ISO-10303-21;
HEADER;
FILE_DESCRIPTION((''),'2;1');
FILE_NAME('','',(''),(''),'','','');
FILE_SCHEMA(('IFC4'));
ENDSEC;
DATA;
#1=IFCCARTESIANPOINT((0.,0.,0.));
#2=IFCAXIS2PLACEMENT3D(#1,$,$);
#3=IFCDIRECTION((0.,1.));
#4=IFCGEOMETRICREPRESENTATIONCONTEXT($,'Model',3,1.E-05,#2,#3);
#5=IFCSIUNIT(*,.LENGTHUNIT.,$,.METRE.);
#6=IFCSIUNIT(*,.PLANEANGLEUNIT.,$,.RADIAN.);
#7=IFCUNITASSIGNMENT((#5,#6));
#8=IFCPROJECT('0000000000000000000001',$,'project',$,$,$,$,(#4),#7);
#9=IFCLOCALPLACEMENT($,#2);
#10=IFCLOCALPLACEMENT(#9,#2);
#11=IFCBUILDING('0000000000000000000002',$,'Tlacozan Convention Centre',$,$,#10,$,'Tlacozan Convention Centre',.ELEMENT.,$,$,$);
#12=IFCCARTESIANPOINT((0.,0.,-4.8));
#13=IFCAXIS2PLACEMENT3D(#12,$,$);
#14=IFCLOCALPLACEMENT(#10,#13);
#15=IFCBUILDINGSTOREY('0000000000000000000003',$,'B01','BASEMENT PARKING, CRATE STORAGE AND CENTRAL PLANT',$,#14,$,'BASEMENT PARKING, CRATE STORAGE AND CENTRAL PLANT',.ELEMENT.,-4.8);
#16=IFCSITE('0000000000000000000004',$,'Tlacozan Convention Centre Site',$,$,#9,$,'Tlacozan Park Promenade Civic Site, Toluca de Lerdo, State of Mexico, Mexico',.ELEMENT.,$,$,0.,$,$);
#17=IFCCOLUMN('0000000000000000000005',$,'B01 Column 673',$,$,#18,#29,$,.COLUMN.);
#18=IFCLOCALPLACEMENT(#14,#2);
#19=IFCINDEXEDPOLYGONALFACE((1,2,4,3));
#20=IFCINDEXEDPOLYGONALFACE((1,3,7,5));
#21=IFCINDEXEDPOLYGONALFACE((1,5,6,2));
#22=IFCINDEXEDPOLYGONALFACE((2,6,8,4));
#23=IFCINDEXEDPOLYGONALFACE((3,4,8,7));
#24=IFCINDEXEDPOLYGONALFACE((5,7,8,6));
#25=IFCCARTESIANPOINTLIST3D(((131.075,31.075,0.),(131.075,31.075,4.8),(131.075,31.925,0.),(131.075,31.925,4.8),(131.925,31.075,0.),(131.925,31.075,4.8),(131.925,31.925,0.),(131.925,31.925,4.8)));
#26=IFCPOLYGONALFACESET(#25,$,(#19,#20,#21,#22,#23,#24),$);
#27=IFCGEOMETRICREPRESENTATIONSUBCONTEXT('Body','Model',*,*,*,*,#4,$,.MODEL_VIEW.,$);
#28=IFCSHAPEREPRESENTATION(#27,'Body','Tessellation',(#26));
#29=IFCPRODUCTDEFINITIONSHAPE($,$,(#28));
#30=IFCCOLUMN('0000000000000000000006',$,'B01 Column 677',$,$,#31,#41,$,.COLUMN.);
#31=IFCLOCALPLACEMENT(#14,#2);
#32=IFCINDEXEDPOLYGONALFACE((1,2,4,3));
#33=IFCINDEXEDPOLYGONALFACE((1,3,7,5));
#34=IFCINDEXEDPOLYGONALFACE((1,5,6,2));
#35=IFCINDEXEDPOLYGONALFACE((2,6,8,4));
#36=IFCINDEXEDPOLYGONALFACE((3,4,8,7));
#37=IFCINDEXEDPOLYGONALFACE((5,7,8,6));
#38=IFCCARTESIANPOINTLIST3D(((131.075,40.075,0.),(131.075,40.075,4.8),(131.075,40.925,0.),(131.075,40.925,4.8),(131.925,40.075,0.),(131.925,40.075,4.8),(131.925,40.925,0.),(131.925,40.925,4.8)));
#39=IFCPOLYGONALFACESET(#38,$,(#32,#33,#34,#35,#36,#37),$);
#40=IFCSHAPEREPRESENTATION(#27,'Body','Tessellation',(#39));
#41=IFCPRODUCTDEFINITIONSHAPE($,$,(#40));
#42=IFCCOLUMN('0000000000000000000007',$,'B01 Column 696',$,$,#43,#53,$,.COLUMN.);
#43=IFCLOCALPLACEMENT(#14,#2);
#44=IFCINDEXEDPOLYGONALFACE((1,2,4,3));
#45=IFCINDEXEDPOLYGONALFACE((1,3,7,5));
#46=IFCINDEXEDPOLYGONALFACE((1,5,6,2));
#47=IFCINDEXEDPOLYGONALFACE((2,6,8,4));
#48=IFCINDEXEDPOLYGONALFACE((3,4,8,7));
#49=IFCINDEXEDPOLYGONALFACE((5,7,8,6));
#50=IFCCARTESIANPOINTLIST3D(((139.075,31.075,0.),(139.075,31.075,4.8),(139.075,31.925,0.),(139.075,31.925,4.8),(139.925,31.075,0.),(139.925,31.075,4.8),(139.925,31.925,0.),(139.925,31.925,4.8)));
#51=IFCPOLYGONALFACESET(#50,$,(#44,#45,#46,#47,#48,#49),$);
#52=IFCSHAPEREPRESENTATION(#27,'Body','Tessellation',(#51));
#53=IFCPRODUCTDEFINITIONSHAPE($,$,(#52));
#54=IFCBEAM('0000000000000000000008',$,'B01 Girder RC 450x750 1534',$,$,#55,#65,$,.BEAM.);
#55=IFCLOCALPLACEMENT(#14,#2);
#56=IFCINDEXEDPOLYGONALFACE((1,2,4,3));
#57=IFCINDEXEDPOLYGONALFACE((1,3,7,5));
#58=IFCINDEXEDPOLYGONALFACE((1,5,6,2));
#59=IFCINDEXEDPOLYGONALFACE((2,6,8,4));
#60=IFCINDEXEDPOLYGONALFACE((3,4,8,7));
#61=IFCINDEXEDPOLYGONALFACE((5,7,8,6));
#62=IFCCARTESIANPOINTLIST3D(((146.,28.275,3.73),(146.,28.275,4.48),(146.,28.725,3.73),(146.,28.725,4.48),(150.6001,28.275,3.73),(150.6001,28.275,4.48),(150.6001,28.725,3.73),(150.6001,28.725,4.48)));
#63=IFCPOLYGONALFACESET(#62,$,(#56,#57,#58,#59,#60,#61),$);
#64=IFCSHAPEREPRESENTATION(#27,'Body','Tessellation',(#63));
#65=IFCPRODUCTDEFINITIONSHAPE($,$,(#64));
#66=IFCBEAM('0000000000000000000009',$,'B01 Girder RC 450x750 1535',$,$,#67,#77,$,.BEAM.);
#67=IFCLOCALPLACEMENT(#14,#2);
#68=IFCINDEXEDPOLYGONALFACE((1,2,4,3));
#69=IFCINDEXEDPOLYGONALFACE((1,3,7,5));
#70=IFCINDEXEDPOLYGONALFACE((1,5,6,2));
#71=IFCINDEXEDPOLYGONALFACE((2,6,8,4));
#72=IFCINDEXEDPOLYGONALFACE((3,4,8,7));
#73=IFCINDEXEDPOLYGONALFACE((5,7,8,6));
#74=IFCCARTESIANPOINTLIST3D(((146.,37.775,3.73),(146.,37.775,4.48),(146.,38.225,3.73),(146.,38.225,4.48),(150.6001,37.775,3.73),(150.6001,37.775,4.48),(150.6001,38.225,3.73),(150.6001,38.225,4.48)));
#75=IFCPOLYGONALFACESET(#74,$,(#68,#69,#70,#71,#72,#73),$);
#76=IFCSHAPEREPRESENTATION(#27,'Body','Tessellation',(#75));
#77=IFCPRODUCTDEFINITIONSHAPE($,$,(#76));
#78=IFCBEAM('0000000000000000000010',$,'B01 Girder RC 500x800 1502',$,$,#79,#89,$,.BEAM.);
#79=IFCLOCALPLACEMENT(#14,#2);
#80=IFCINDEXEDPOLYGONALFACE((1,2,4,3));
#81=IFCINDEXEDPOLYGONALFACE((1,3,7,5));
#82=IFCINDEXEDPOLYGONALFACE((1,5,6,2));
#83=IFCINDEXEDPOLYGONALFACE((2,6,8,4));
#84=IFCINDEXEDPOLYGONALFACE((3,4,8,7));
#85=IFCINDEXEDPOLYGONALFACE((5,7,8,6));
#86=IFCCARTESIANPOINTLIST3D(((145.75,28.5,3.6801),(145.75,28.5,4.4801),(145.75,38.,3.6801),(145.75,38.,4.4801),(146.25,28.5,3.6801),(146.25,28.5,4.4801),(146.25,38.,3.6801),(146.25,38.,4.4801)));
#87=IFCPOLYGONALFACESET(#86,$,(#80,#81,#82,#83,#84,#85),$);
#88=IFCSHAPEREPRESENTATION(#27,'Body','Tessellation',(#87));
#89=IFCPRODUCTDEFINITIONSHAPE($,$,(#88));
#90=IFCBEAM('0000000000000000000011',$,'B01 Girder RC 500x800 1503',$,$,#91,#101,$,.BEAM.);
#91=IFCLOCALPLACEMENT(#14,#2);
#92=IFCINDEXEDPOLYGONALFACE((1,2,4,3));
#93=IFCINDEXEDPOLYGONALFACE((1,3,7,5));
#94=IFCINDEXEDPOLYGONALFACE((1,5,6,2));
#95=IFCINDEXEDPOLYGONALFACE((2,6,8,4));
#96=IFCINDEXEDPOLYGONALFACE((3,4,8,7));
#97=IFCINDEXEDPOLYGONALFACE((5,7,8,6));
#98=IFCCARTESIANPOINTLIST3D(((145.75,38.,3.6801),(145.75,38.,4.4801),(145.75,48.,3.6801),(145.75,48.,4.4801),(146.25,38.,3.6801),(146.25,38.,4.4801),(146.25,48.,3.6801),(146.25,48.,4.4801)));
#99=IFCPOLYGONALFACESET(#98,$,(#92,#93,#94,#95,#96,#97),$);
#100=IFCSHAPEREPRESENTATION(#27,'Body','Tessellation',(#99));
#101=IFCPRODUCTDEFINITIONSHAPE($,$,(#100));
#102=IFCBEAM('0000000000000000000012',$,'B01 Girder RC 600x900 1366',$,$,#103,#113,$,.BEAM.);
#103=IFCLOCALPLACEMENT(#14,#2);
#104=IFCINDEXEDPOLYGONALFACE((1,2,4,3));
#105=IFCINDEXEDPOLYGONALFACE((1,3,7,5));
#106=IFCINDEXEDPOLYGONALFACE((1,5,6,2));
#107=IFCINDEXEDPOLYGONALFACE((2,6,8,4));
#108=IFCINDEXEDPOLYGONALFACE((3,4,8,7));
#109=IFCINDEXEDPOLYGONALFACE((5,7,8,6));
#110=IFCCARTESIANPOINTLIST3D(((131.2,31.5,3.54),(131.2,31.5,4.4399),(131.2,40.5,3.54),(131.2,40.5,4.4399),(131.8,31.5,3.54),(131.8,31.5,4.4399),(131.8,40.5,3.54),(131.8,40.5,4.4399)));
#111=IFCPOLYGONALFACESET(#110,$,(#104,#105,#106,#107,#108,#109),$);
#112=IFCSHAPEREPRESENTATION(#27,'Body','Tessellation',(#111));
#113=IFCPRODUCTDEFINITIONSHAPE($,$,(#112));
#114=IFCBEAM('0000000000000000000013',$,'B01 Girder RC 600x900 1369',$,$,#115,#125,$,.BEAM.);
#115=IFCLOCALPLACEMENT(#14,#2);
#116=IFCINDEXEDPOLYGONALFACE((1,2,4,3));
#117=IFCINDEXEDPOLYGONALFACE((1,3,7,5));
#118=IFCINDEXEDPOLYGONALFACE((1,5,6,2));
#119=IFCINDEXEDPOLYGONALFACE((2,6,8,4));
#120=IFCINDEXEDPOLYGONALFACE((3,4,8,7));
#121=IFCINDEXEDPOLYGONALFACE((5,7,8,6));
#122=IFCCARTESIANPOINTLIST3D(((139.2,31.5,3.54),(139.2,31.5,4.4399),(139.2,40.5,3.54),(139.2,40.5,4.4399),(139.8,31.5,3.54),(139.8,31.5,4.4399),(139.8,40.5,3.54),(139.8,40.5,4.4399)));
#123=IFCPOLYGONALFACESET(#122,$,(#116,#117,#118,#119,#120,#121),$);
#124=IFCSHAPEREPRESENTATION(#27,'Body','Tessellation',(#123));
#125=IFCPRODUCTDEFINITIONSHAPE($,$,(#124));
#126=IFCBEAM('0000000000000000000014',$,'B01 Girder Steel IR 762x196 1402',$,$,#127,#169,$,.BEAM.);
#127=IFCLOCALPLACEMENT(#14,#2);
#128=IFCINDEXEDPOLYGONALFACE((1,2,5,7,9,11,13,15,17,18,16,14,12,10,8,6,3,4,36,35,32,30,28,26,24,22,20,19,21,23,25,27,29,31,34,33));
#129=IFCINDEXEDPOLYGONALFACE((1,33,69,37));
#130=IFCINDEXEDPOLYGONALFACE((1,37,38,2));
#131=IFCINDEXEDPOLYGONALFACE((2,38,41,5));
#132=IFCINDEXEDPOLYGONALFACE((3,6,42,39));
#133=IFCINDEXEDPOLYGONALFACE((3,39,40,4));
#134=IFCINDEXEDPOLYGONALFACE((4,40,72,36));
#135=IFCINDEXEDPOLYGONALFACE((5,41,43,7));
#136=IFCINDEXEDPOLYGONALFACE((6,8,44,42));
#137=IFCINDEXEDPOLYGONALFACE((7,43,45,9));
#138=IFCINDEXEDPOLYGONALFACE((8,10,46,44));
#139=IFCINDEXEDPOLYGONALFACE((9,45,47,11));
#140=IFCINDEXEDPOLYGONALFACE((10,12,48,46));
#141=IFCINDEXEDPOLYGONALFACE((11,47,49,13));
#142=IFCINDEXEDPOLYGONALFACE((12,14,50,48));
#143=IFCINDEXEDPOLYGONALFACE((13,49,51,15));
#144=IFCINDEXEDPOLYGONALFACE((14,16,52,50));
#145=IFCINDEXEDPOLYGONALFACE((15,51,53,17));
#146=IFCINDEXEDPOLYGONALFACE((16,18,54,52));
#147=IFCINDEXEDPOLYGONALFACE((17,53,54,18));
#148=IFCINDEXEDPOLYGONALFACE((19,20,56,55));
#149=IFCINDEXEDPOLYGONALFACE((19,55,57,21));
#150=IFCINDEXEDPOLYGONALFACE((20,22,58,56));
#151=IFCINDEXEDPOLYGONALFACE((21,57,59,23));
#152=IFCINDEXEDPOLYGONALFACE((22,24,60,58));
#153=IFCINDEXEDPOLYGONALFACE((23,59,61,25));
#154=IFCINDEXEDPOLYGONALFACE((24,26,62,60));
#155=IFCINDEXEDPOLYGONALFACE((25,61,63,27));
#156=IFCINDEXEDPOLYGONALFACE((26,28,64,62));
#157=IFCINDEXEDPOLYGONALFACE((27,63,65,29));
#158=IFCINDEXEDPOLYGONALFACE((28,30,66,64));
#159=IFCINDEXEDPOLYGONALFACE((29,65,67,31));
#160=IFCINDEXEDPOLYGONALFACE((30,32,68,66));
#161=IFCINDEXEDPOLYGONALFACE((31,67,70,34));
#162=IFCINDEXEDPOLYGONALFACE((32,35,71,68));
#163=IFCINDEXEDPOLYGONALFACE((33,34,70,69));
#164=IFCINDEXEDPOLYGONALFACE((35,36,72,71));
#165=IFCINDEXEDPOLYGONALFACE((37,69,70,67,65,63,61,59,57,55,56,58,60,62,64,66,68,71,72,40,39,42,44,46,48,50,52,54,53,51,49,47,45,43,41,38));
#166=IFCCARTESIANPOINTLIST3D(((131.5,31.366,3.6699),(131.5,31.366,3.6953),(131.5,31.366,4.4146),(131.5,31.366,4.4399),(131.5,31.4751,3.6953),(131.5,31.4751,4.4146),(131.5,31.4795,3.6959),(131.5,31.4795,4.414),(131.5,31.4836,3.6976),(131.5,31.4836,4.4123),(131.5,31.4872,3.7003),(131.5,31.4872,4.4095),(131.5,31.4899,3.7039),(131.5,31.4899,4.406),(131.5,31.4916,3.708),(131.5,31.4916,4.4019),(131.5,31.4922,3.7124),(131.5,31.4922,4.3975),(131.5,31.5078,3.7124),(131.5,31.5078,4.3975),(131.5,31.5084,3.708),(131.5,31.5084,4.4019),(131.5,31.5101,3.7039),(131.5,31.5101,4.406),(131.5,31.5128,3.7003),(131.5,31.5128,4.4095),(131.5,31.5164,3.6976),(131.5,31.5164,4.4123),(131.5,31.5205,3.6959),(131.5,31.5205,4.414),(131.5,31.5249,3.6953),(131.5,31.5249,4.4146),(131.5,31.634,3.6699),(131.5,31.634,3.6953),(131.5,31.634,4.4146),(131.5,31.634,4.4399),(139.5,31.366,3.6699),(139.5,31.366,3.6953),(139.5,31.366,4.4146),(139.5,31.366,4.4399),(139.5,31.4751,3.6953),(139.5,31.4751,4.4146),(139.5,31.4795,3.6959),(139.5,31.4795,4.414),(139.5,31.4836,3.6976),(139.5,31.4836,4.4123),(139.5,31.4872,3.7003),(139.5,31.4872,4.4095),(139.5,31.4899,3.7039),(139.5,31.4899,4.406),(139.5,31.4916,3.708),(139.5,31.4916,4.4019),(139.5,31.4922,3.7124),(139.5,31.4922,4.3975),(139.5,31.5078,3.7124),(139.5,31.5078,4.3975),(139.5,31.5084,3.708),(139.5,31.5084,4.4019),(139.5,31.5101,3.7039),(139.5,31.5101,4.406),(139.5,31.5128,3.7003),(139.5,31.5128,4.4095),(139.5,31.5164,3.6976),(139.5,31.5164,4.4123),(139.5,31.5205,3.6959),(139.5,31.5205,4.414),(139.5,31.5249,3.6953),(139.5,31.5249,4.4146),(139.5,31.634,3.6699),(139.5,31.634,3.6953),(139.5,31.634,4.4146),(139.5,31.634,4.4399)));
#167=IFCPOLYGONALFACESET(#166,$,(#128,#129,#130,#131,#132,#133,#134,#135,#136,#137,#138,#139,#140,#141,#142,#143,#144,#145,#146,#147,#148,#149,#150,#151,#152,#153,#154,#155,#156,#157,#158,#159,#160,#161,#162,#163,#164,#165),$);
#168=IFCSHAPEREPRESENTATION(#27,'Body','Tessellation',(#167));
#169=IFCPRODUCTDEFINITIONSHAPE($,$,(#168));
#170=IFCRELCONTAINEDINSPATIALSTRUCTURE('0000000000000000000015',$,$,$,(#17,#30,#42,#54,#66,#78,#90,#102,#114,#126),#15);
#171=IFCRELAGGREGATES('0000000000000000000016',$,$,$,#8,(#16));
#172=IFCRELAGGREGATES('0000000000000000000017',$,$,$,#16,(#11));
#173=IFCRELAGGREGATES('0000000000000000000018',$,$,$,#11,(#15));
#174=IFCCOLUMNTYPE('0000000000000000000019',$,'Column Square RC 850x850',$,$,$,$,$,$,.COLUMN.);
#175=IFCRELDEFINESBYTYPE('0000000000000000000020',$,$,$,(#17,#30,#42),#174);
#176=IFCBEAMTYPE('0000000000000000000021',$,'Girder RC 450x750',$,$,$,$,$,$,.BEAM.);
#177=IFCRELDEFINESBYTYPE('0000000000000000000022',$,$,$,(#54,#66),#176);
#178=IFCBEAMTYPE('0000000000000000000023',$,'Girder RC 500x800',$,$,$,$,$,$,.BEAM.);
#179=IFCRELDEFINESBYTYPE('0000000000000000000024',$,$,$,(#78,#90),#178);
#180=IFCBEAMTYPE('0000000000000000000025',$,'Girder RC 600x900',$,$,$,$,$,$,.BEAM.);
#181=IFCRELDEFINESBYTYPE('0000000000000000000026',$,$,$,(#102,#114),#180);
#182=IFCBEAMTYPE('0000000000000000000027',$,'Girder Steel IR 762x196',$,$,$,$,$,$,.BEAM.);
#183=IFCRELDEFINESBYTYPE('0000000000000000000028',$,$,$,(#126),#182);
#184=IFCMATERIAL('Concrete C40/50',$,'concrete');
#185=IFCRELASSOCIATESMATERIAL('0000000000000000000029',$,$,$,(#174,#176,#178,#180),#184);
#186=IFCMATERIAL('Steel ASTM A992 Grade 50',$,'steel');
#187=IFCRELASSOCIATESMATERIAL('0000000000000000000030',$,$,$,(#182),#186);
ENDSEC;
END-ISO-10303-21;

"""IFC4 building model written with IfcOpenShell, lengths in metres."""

from ifc_helpers import new_model, si_unit, direction, frame, origin, origin_2d, place, context, subcontext, project, spatial, rectangle, i_section, extrude, material, material_profile, profile_set, type_object, element, save


model = new_model("IFC4")

# Units and contexts
model_context = context("Model", 3, precision=1e-05, world=origin(), true_north=direction((0.0, 1.0)))
body_context = subcontext(model_context, "Body", "Model", "MODEL_VIEW")
ifc_project = project(units=[si_unit("LENGTHUNIT", "METRE"), si_unit("PLANEANGLEUNIT", "RADIAN")], contexts=[model_context])

# Site, building, storey
site_placement = place(None, origin())
site = spatial("IfcSite", under=ifc_project, at=site_placement, Name="Tlacozan Convention Centre Site", LongName="Tlacozan Park Promenade Civic Site, Toluca de Lerdo, State of Mexico, Mexico", CompositionType="ELEMENT", RefElevation=0.0)
building_placement = place(site_placement, origin())
building = spatial("IfcBuilding", under=site, at=building_placement, Name="Tlacozan Convention Centre", LongName="Tlacozan Convention Centre", CompositionType="ELEMENT")
storey_placement = place(building_placement, frame((0.0, 0.0, -4.8)))
storey = spatial("IfcBuildingStorey", under=building, at=storey_placement, Name="B01", Description="BASEMENT PARKING, CRATE STORAGE AND CENTRAL PLANT", LongName="BASEMENT PARKING, CRATE STORAGE AND CENTRAL PLANT", CompositionType="ELEMENT", Elevation=-4.8)

# Columns
ifc_material_1 = material(Name="Concrete C40/50", Category="concrete")
ifc_material_profile_1 = material_profile(ifc_material_1, rectangle(XDim=0.8501, YDim=0.8501, at=origin_2d()), Name="RC 850x850")
ifc_profile_set_1 = profile_set([ifc_material_profile_1], Name="Concrete C40/50")
column_type_1 = type_object("IfcColumnType", Name="Column Square RC 850x850", PredefinedType="COLUMN", material=ifc_profile_set_1)
for number, where, z_axis, x_axis, name in (
    (1, (131.5, 31.5, 0.0), (0.0, 0.0, 1.0), (1.0, 0.0, 0.0), "B01 Column 673"),
    (2, (131.5, 40.5, 0.0), (0.0, 0.0, 1.0), (1.0, 0.0, 0.0), "B01 Column 677"),
    (3, (139.5, 31.5, 0.0), (0.0, 0.0, 1.0), (1.0, 0.0, 0.0), "B01 Column 696"),
):
    element("IfcColumn", number, at=place(storey_placement, frame(where, z_axis=z_axis, x_axis=x_axis)), inside=storey, type_object=column_type_1, Name=name, PredefinedType="COLUMN", context=body_context, shape_type="SweptSolid", body=[
        extrude(rectangle(XDim=0.8501, YDim=0.8501, at=origin_2d()), origin(), (0.0, 0.0, 1.0), 4.8),
    ])

# Beams
ifc_material_profile_2 = material_profile(ifc_material_1, rectangle(XDim=0.45, YDim=0.75, at=origin_2d()), Name="RC 450x750")
ifc_profile_set_2 = profile_set([ifc_material_profile_2], Name="Concrete C40/50")
beam_type_1 = type_object("IfcBeamType", Name="Girder RC 450x750", PredefinedType="BEAM", material=ifc_profile_set_2)
for number, where, z_axis, x_axis, name in (
    (4, (146.0, 28.5, 4.105), (1.0, 0.0, 0.0), (0.0, 1.0, 0.0), "B01 Girder RC 450x750 1534"),
    (5, (146.0, 38.0, 4.105), (1.0, 0.0, 0.0), (0.0, 1.0, 0.0), "B01 Girder RC 450x750 1535"),
):
    element("IfcBeam", number, at=place(storey_placement, frame(where, z_axis=z_axis, x_axis=x_axis)), inside=storey, type_object=beam_type_1, Name=name, PredefinedType="BEAM", context=body_context, shape_type="SweptSolid", body=[
        extrude(rectangle(XDim=0.45, YDim=0.75, at=origin_2d()), origin(), (0.0, 0.0, 1.0), 4.6001),
    ])
ifc_material_profile_3 = material_profile(ifc_material_1, rectangle(XDim=0.5, YDim=0.8, at=origin_2d()), Name="RC 500x800")
ifc_profile_set_3 = profile_set([ifc_material_profile_3], Name="Concrete C40/50")
beam_type_2 = type_object("IfcBeamType", Name="Girder RC 500x800", PredefinedType="BEAM", material=ifc_profile_set_3)
beam_1_placement = place(storey_placement, frame((146.0, 28.5, 4.0801), z_axis=(0.0, 1.0, 0.0), x_axis=(-1.0, 0.0, 0.0)))
element("IfcBeam", 6, at=beam_1_placement, inside=storey, type_object=beam_type_2, Name="B01 Girder RC 500x800 1502", PredefinedType="BEAM", context=body_context, shape_type="SweptSolid", body=[
    extrude(rectangle(XDim=0.5, YDim=0.8, at=origin_2d()), origin(), (0.0, 0.0, 1.0), 9.5),
])
beam_2_placement = place(storey_placement, frame((146.0, 38.0, 4.0801), z_axis=(0.0, 1.0, 0.0), x_axis=(-1.0, 0.0, 0.0)))
element("IfcBeam", 7, at=beam_2_placement, inside=storey, type_object=beam_type_2, Name="B01 Girder RC 500x800 1503", PredefinedType="BEAM", context=body_context, shape_type="SweptSolid", body=[
    extrude(rectangle(XDim=0.5, YDim=0.8, at=origin_2d()), origin(), (0.0, 0.0, 1.0), 10.0),
])
ifc_material_profile_4 = material_profile(ifc_material_1, rectangle(XDim=0.6001, YDim=0.8999, at=origin_2d()), Name="RC 600x900")
ifc_profile_set_4 = profile_set([ifc_material_profile_4], Name="Concrete C40/50")
beam_type_3 = type_object("IfcBeamType", Name="Girder RC 600x900", PredefinedType="BEAM", material=ifc_profile_set_4)
for number, where, z_axis, x_axis, name in (
    (8, (131.5, 31.5, 3.99), (0.0, 1.0, 0.0), (-1.0, 0.0, 0.0), "B01 Girder RC 600x900 1366"),
    (9, (139.5, 31.5, 3.99), (0.0, 1.0, 0.0), (-1.0, 0.0, 0.0), "B01 Girder RC 600x900 1369"),
):
    element("IfcBeam", number, at=place(storey_placement, frame(where, z_axis=z_axis, x_axis=x_axis)), inside=storey, type_object=beam_type_3, Name=name, PredefinedType="BEAM", context=body_context, shape_type="SweptSolid", body=[
        extrude(rectangle(XDim=0.6001, YDim=0.8999, at=origin_2d()), origin(), (0.0, 0.0, 1.0), 9.0),
    ])
ifc_material_2 = material(Name="Steel ASTM A992 Grade 50", Category="steel")
ifc_material_profile_5 = material_profile(ifc_material_2, i_section(OverallWidth=0.2681, OverallDepth=0.77, WebThickness=0.0156, FlangeThickness=0.0254, FilletRadius=0.0171, at=origin_2d()), Name="IR 762x196.0")
ifc_profile_set_5 = profile_set([ifc_material_profile_5], Name="Steel ASTM A992 Grade 50")
beam_type_4 = type_object("IfcBeamType", Name="Girder Steel IR 762x196", PredefinedType="BEAM", material=ifc_profile_set_5)
beam_3_placement = place(storey_placement, frame((131.5, 31.5, 4.0549), z_axis=(1.0, 0.0, 0.0), x_axis=(0.0, 1.0, 0.0)))
element("IfcBeam", 10, at=beam_3_placement, inside=storey, type_object=beam_type_4, Name="B01 Girder Steel IR 762x196 1402", PredefinedType="BEAM", context=body_context, shape_type="SweptSolid", body=[
    extrude(i_section(OverallWidth=0.2681, OverallDepth=0.77, WebThickness=0.0156, FlangeThickness=0.0254, FilletRadius=0.0171, at=origin_2d()), origin(), (0.0, 0.0, 1.0), 8.0),
])

save(model, "model.ifc")
